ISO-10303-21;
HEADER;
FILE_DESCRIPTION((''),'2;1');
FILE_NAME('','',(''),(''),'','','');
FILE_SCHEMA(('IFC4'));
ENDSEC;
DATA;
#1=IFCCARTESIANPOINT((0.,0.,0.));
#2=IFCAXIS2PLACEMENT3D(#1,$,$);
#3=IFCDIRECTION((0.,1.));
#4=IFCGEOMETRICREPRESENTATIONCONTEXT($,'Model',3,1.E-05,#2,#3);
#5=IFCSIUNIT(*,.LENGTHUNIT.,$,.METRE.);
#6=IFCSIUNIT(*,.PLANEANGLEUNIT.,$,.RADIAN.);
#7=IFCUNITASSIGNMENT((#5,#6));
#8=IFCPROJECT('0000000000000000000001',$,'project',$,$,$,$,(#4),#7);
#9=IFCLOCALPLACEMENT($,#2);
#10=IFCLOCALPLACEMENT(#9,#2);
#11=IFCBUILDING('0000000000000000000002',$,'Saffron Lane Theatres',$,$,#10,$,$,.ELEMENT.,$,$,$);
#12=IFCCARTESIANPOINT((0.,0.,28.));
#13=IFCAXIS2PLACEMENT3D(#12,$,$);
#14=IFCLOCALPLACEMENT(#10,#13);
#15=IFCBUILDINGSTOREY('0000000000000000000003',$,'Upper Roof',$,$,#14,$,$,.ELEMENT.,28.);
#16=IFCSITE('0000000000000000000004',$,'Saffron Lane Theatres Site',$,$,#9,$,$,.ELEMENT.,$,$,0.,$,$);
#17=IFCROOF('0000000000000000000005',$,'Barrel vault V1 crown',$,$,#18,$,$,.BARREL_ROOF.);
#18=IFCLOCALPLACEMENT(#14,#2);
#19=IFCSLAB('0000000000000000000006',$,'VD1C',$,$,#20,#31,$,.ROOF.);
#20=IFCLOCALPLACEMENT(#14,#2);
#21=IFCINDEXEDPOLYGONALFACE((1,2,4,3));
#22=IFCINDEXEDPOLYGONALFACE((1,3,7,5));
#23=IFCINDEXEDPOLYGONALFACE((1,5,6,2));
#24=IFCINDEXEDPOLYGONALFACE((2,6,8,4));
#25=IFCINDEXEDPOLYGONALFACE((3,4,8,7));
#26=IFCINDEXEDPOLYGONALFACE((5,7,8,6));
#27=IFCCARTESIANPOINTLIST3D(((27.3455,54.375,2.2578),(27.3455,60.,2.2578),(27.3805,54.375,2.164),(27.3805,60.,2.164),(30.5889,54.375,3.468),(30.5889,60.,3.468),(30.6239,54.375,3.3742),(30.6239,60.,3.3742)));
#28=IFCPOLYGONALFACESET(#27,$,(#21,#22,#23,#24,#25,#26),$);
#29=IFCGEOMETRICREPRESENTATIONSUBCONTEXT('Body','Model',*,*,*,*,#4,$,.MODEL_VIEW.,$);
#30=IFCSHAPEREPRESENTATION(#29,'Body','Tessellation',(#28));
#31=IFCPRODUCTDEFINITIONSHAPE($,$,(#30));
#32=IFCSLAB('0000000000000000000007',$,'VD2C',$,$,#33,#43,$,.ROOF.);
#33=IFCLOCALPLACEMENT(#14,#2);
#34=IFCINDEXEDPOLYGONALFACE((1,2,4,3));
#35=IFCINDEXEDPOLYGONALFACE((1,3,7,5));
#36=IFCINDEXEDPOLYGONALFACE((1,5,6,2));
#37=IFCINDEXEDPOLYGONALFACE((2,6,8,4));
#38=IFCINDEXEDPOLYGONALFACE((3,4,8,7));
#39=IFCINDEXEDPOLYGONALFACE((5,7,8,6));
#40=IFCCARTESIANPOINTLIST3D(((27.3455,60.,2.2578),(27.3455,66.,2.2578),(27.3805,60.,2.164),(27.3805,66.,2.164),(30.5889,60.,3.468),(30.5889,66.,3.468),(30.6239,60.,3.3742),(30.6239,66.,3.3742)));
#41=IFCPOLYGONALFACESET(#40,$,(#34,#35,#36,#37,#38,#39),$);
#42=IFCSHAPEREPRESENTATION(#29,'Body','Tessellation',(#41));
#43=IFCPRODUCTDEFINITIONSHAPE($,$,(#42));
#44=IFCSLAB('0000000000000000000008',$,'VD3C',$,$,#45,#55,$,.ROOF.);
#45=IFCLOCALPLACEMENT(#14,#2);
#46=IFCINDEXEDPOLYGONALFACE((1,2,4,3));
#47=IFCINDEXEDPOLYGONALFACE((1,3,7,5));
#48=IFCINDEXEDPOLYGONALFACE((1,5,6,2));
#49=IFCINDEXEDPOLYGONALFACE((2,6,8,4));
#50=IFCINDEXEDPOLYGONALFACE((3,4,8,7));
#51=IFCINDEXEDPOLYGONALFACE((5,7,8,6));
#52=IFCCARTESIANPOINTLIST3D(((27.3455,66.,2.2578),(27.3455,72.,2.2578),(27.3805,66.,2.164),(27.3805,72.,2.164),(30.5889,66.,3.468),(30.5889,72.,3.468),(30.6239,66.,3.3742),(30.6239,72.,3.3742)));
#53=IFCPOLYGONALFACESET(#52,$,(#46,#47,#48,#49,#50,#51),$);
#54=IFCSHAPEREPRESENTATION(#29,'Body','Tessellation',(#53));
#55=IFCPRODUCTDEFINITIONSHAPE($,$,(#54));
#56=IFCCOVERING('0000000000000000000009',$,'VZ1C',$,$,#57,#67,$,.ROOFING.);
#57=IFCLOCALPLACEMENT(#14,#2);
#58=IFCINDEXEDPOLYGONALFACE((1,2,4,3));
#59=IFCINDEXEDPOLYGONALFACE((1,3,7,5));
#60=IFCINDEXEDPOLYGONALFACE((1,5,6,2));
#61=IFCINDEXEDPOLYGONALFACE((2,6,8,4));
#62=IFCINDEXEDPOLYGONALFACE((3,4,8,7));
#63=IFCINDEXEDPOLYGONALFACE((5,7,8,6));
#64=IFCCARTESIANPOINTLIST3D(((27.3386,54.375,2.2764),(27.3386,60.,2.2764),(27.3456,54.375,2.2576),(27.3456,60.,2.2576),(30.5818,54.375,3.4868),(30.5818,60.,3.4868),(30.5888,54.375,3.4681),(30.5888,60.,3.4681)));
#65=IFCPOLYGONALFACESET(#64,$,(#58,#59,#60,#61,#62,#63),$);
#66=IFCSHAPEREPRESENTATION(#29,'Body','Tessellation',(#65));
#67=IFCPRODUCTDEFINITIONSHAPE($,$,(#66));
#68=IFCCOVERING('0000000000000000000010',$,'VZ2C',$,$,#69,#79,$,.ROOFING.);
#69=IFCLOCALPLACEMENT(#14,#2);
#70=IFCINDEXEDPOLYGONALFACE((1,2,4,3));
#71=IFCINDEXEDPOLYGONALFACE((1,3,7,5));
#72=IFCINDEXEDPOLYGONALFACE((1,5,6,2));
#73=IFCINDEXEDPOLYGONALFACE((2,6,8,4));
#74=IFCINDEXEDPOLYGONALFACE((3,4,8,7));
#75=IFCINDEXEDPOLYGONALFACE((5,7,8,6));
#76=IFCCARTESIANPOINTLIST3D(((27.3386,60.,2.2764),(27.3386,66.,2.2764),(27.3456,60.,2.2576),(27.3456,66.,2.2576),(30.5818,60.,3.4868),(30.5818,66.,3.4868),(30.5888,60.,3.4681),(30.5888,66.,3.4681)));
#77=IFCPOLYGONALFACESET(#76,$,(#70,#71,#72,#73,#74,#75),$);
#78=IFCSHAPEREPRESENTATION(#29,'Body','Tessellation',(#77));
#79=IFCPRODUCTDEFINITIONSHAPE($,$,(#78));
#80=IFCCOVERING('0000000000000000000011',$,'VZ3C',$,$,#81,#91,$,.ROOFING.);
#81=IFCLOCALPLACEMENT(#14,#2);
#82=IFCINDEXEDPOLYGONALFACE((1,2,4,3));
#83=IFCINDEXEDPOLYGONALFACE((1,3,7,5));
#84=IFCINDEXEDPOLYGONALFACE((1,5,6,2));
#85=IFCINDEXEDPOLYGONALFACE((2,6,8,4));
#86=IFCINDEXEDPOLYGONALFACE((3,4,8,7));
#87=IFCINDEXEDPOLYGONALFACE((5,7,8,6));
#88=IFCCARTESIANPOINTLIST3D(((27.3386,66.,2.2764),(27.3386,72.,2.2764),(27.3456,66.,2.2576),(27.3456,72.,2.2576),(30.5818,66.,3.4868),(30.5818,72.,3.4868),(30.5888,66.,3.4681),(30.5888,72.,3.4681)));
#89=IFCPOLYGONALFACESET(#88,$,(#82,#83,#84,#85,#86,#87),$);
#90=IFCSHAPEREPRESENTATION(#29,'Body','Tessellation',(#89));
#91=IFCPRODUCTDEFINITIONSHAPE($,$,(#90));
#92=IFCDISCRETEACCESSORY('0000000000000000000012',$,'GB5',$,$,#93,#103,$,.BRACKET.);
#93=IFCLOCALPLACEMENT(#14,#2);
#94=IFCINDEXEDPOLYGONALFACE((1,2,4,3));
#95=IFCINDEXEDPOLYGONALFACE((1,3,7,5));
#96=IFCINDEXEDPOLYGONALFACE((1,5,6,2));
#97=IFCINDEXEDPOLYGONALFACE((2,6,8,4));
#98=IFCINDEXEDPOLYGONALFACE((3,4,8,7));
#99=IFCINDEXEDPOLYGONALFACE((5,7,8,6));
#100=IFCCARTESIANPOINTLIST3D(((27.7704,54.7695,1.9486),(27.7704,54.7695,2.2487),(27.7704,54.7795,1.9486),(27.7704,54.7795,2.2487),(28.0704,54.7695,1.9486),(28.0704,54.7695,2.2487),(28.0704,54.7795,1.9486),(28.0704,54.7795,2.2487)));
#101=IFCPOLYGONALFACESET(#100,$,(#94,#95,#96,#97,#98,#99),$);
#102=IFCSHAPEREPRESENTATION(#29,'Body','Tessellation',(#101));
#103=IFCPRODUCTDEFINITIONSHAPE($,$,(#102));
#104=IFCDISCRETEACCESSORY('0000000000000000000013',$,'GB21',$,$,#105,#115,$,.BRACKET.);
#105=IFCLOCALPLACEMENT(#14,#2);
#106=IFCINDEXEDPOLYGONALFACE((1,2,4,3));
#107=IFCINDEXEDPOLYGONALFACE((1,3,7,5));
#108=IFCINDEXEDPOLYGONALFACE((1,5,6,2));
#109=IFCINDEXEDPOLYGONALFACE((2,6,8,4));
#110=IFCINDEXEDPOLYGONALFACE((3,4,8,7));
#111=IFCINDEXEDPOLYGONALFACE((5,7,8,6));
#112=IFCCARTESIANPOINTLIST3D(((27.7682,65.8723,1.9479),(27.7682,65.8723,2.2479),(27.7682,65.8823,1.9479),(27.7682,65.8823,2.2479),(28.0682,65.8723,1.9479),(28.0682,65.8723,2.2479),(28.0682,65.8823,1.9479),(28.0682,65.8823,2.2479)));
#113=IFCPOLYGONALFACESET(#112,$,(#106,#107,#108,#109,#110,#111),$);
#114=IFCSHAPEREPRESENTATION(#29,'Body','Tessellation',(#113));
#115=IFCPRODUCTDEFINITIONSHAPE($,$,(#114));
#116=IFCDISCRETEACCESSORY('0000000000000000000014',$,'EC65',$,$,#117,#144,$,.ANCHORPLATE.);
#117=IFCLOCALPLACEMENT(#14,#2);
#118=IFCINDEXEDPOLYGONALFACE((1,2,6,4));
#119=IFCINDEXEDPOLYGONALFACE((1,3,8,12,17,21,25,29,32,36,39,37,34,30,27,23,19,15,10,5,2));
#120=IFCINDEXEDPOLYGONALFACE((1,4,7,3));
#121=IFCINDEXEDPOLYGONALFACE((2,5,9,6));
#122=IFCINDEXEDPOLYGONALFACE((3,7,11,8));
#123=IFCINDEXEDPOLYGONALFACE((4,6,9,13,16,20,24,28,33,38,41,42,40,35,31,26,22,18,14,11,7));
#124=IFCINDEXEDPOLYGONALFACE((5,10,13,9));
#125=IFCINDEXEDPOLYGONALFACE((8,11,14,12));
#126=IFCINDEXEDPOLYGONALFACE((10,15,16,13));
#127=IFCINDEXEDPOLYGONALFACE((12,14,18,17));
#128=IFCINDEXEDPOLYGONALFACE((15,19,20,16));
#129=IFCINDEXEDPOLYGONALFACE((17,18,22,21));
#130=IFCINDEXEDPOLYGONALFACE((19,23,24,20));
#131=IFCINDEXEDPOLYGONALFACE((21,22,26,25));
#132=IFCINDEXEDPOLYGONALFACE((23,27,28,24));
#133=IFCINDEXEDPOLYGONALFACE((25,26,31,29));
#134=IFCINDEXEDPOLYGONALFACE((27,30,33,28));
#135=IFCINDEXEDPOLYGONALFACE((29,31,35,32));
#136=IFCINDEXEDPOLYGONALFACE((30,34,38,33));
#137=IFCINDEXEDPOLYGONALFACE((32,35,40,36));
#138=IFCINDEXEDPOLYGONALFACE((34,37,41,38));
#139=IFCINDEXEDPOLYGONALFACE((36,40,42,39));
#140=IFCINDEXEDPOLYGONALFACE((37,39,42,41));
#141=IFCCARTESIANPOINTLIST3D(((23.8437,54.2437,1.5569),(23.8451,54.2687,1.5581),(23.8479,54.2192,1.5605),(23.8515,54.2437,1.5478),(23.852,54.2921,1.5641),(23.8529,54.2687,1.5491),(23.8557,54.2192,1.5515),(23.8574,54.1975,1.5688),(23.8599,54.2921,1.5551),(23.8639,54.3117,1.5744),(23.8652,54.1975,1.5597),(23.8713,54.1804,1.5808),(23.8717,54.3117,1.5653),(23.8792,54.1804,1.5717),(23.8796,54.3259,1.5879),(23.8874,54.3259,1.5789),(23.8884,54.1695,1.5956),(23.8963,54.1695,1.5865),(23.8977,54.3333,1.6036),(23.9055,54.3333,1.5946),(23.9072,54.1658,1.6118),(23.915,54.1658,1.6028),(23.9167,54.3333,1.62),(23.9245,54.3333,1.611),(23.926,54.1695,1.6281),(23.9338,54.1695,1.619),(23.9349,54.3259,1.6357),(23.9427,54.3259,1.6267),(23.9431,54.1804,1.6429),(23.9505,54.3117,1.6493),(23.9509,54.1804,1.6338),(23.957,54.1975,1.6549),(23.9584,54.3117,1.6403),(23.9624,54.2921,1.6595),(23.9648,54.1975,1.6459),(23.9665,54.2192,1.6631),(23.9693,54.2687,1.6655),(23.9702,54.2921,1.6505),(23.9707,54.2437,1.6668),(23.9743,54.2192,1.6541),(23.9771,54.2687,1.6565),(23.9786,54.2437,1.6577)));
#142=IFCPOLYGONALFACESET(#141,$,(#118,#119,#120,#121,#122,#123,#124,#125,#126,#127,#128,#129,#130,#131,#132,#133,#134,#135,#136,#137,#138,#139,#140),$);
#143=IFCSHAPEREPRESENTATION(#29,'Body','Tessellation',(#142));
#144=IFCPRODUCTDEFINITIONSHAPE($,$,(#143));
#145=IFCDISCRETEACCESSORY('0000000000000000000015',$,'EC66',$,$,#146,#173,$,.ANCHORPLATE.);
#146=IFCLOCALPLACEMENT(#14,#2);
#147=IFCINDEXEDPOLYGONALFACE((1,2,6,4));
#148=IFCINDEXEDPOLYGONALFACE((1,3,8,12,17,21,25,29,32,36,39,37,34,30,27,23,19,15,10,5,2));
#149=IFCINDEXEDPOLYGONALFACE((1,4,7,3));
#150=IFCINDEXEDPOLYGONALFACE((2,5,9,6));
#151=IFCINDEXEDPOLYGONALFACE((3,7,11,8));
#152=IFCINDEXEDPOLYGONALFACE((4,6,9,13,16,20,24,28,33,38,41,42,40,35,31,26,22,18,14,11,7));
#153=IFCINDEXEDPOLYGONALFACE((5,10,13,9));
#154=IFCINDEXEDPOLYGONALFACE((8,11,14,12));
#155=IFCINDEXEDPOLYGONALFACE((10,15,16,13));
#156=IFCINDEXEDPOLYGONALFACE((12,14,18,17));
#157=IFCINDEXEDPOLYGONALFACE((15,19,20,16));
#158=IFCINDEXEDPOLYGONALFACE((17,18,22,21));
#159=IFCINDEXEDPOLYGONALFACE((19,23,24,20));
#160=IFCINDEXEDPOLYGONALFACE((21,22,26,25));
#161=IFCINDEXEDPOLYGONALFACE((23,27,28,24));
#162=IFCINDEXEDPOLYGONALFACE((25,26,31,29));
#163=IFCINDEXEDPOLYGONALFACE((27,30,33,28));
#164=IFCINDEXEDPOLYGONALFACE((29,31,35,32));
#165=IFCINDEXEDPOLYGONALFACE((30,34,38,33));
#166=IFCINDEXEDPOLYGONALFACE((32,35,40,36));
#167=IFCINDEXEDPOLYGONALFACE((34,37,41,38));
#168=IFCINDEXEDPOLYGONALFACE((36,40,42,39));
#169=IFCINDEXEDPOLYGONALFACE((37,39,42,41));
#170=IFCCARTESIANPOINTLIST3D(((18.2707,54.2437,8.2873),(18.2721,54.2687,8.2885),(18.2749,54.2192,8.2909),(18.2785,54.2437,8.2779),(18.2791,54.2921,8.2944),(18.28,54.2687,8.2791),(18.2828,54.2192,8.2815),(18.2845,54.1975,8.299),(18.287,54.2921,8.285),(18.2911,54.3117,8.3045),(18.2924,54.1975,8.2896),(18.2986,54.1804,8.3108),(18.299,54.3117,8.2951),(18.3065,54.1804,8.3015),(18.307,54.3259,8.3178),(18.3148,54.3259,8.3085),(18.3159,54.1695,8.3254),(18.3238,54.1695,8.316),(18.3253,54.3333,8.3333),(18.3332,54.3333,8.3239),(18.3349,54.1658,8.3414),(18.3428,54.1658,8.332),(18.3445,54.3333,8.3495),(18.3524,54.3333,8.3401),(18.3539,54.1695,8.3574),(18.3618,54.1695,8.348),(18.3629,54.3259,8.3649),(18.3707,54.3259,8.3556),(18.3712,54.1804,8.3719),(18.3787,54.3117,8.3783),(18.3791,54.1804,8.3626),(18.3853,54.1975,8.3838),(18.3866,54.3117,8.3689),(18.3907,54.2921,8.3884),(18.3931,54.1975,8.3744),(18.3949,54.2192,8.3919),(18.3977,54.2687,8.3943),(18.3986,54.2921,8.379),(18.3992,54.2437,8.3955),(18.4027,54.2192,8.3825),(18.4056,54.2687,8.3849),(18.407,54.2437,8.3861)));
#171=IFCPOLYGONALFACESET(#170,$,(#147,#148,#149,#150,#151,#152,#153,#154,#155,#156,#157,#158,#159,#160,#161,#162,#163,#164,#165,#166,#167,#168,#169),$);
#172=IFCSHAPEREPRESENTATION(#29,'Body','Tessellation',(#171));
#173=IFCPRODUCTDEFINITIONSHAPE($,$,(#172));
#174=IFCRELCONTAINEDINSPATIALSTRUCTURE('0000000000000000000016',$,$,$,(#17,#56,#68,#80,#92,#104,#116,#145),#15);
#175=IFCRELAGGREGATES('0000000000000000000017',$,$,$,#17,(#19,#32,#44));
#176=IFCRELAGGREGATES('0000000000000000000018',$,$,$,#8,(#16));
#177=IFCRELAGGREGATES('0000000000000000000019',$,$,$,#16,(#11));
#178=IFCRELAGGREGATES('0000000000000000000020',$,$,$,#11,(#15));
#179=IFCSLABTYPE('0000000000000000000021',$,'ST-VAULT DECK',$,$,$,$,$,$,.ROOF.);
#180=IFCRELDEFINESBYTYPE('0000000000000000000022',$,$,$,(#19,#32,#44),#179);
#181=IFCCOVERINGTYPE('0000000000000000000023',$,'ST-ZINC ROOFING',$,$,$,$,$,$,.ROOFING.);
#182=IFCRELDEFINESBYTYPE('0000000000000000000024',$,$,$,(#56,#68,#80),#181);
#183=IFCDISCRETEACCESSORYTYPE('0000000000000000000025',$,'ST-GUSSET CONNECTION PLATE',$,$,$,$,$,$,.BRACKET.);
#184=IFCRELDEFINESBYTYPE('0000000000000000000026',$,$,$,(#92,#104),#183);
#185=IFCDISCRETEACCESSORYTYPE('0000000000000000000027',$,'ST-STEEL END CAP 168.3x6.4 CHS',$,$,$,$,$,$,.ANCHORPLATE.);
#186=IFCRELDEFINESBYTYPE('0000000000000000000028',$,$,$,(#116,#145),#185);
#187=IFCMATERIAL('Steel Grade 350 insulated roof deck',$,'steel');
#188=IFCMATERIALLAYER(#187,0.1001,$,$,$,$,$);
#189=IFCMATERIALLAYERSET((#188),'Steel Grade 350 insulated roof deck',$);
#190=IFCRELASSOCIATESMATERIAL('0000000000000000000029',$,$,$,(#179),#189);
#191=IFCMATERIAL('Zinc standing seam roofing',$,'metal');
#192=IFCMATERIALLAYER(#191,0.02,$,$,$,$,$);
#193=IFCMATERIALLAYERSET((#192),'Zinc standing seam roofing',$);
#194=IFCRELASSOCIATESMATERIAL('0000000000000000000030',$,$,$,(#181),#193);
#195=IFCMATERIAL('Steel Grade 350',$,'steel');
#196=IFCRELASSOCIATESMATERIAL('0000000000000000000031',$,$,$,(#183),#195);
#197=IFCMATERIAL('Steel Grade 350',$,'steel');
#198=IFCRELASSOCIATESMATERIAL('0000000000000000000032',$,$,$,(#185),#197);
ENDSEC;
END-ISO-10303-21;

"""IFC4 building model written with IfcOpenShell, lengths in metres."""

from ifc_helpers import new_model, si_unit, direction, frame, origin, origin_2d, place, context, subcontext, project, spatial, polyline, rectangle, circle, outline, extrude, material, layer, layer_set, material_profile, profile_set, type_object, element, aggregate, save


model = new_model("IFC4")

# Units and contexts
model_context = context("Model", 3, precision=1e-05, world=origin(), true_north=direction((0.0, 1.0)))
body_context = subcontext(model_context, "Body", "Model", "MODEL_VIEW")
ifc_project = project(units=[si_unit("LENGTHUNIT", "METRE"), si_unit("PLANEANGLEUNIT", "RADIAN")], contexts=[model_context])

# Site, building, storey
site_placement = place(None, origin())
site = spatial("IfcSite", under=ifc_project, at=site_placement, Name="Saffron Lane Theatres Site", CompositionType="ELEMENT", RefElevation=0.0)
building_placement = place(site_placement, origin())
building = spatial("IfcBuilding", under=site, at=building_placement, Name="Saffron Lane Theatres", CompositionType="ELEMENT")
storey_placement = place(building_placement, frame((0.0, 0.0, 28.0)))
storey = spatial("IfcBuildingStorey", under=building, at=storey_placement, Name="Upper Roof", CompositionType="ELEMENT", Elevation=28.0)

# Roof, slabs
roof_placement = place(storey_placement, origin())
roof = element("IfcRoof", 1, at=roof_placement, inside=storey, Name="Barrel vault V1 crown", PredefinedType="BARREL_ROOF")
ifc_material_1 = material(Name="Steel Grade 350 insulated roof deck", Category="steel")
ifc_layer_1 = layer(ifc_material_1, 0.1001)
ifc_layer_set_1 = layer_set([ifc_layer_1], Name="Steel Grade 350 insulated roof deck")
slab_type = type_object("IfcSlabType", Name="ST-VAULT DECK", PredefinedType="ROOF", material=ifc_layer_set_1)
slab_1_placement = place(storey_placement, frame((27.3455, 54.375, 2.2578), z_axis=(-0.349585, 0.0, 0.936905), x_axis=(0.936905, 0.0, 0.349585)))
slab_1 = element("IfcSlab", 2, at=slab_1_placement, type_object=slab_type, Name="VD1C", PredefinedType="ROOF", context=body_context, shape_type="SweptSolid", body=[
    extrude(outline(polyline([(0.0, 0.0), (3.4618, 0.0), (3.4618, 5.625), (0.0, 5.625), (0.0, 0.0)])), origin(), (0.0, 0.0, -1.0), 0.1001),
])
slab_2_placement = place(storey_placement, frame((27.3455, 60.0, 2.2578), z_axis=(-0.349585, 0.0, 0.936905), x_axis=(0.936905, 0.0, 0.349585)))
slab_2 = element("IfcSlab", 3, at=slab_2_placement, type_object=slab_type, Name="VD2C", PredefinedType="ROOF", context=body_context, shape_type="SweptSolid", body=[
    extrude(outline(polyline([(0.0, 0.0), (3.4618, 0.0), (3.4618, 6.0), (0.0, 6.0), (0.0, 0.0)])), origin(), (0.0, 0.0, -1.0), 0.1001),
])
slab_3_placement = place(storey_placement, frame((27.3455, 66.0, 2.2578), z_axis=(-0.349585, 0.0, 0.936905), x_axis=(0.936905, 0.0, 0.349585)))
slab_3 = element("IfcSlab", 4, at=slab_3_placement, type_object=slab_type, Name="VD3C", PredefinedType="ROOF", context=body_context, shape_type="SweptSolid", body=[
    extrude(outline(polyline([(0.0, 0.0), (3.4618, 0.0), (3.4618, 6.0), (0.0, 6.0), (0.0, 0.0)])), origin(), (0.0, 0.0, -1.0), 0.1001),
])
aggregate(roof, [slab_1, slab_2, slab_3])

# Coverings
ifc_material_2 = material(Name="Zinc standing seam roofing", Category="metal")
ifc_layer_2 = layer(ifc_material_2, 0.02)
ifc_layer_set_2 = layer_set([ifc_layer_2], Name="Zinc standing seam roofing")
covering_type = type_object("IfcCoveringType", Name="ST-ZINC ROOFING", PredefinedType="ROOFING", material=ifc_layer_set_2)
covering_placement = place(storey_placement, frame((27.3386, 54.375, 2.2764), z_axis=(-0.34967, 0.0, 0.936873), x_axis=(0.936873, 0.0, 0.34967)))
element("IfcCovering", 5, at=covering_placement, inside=storey, type_object=covering_type, Name="VZ1C", PredefinedType="ROOFING", context=body_context, shape_type="SweptSolid", body=[
    extrude(outline(polyline([(0.0, 0.0), (3.4617, 0.0), (3.4617, 5.625), (0.0, 5.625), (0.0, 0.0)])), origin(), (0.0, 0.0, -1.0), 0.02),
])
for number, where, z_axis, x_axis, name in (
    (6, (27.3386, 60.0, 2.2764), (-0.34967, 0.0, 0.936873), (0.936873, 0.0, 0.34967), "VZ2C"),
    (7, (27.3386, 66.0, 2.2764), (-0.34967, 0.0, 0.936873), (0.936873, 0.0, 0.34967), "VZ3C"),
):
    element("IfcCovering", number, at=place(storey_placement, frame(where, z_axis=z_axis, x_axis=x_axis)), inside=storey, type_object=covering_type, Name=name, PredefinedType="ROOFING", context=body_context, shape_type="SweptSolid", body=[
        extrude(outline(polyline([(0.0, 0.0), (3.4617, 0.0), (3.4617, 6.0), (0.0, 6.0), (0.0, 0.0)])), origin(), (0.0, 0.0, -1.0), 0.02),
    ])

# Discrete accessories
ifc_material_3 = material(Name="Steel Grade 350", Category="steel")
ifc_material_profile_1 = material_profile(ifc_material_3, rectangle(XDim=0.3, YDim=0.3, at=origin_2d()))
ifc_profile_set_1 = profile_set([ifc_material_profile_1], Name="Steel Grade 350")
discrete_accessory_type_1 = type_object("IfcDiscreteAccessoryType", Name="ST-GUSSET CONNECTION PLATE", PredefinedType="BRACKET", material=ifc_profile_set_1)
for number, where, z_axis, x_axis, name in (
    (8, (27.9204, 54.7695, 2.0986), (0.0, 1.0, 0.0), (-1.0, 0.0, 0.0), "GB5"),
    (9, (27.9182, 65.8823, 2.0979), (0.0, -1.0, 0.0), (1.0, 0.0, 0.0), "GB21"),
):
    element("IfcDiscreteAccessory", number, at=place(storey_placement, frame(where, z_axis=z_axis, x_axis=x_axis)), inside=storey, type_object=discrete_accessory_type_1, Name=name, PredefinedType="BRACKET", context=body_context, shape_type="SweptSolid", body=[
        extrude(rectangle(XDim=0.3, YDim=0.3, at=origin_2d()), origin(), (0.0, 0.0, 1.0), 0.01),
    ])
ifc_material_4 = material(Name="Steel Grade 350", Category="steel")
ifc_material_profile_2 = material_profile(ifc_material_4, circle(Radius=0.0842, at=origin_2d()))
ifc_profile_set_2 = profile_set([ifc_material_profile_2], Name="Steel Grade 350")
discrete_accessory_type_2 = type_object("IfcDiscreteAccessoryType", Name="ST-STEEL END CAP 168.3x6.4 CHS", PredefinedType="ANCHORPLATE", material=ifc_profile_set_2)
discrete_accessory_1_placement = place(storey_placement, frame((23.915, 54.25, 1.6028), z_axis=(-0.654152, 0.0, 0.756363), x_axis=(0.0, -1.0, 0.0)))
element("IfcDiscreteAccessory", 10, at=discrete_accessory_1_placement, inside=storey, type_object=discrete_accessory_type_2, Name="EC65", PredefinedType="ANCHORPLATE", context=body_context, shape_type="SweptSolid", body=[
    extrude(circle(Radius=0.0842, at=origin_2d()), origin(), (0.0, 0.0, 1.0), 0.012),
])
discrete_accessory_2_placement = place(storey_placement, frame((18.3428, 54.25, 8.332), z_axis=(-0.644136, 0.0, 0.764911), x_axis=(0.0, -1.0, 0.0)))
element("IfcDiscreteAccessory", 11, at=discrete_accessory_2_placement, inside=storey, type_object=discrete_accessory_type_2, Name="EC66", PredefinedType="ANCHORPLATE", context=body_context, shape_type="SweptSolid", body=[
    extrude(circle(Radius=0.0842, at=origin_2d()), origin(), (0.0, 0.0, 1.0), 0.0122),
])

save(model, "model.ifc")
